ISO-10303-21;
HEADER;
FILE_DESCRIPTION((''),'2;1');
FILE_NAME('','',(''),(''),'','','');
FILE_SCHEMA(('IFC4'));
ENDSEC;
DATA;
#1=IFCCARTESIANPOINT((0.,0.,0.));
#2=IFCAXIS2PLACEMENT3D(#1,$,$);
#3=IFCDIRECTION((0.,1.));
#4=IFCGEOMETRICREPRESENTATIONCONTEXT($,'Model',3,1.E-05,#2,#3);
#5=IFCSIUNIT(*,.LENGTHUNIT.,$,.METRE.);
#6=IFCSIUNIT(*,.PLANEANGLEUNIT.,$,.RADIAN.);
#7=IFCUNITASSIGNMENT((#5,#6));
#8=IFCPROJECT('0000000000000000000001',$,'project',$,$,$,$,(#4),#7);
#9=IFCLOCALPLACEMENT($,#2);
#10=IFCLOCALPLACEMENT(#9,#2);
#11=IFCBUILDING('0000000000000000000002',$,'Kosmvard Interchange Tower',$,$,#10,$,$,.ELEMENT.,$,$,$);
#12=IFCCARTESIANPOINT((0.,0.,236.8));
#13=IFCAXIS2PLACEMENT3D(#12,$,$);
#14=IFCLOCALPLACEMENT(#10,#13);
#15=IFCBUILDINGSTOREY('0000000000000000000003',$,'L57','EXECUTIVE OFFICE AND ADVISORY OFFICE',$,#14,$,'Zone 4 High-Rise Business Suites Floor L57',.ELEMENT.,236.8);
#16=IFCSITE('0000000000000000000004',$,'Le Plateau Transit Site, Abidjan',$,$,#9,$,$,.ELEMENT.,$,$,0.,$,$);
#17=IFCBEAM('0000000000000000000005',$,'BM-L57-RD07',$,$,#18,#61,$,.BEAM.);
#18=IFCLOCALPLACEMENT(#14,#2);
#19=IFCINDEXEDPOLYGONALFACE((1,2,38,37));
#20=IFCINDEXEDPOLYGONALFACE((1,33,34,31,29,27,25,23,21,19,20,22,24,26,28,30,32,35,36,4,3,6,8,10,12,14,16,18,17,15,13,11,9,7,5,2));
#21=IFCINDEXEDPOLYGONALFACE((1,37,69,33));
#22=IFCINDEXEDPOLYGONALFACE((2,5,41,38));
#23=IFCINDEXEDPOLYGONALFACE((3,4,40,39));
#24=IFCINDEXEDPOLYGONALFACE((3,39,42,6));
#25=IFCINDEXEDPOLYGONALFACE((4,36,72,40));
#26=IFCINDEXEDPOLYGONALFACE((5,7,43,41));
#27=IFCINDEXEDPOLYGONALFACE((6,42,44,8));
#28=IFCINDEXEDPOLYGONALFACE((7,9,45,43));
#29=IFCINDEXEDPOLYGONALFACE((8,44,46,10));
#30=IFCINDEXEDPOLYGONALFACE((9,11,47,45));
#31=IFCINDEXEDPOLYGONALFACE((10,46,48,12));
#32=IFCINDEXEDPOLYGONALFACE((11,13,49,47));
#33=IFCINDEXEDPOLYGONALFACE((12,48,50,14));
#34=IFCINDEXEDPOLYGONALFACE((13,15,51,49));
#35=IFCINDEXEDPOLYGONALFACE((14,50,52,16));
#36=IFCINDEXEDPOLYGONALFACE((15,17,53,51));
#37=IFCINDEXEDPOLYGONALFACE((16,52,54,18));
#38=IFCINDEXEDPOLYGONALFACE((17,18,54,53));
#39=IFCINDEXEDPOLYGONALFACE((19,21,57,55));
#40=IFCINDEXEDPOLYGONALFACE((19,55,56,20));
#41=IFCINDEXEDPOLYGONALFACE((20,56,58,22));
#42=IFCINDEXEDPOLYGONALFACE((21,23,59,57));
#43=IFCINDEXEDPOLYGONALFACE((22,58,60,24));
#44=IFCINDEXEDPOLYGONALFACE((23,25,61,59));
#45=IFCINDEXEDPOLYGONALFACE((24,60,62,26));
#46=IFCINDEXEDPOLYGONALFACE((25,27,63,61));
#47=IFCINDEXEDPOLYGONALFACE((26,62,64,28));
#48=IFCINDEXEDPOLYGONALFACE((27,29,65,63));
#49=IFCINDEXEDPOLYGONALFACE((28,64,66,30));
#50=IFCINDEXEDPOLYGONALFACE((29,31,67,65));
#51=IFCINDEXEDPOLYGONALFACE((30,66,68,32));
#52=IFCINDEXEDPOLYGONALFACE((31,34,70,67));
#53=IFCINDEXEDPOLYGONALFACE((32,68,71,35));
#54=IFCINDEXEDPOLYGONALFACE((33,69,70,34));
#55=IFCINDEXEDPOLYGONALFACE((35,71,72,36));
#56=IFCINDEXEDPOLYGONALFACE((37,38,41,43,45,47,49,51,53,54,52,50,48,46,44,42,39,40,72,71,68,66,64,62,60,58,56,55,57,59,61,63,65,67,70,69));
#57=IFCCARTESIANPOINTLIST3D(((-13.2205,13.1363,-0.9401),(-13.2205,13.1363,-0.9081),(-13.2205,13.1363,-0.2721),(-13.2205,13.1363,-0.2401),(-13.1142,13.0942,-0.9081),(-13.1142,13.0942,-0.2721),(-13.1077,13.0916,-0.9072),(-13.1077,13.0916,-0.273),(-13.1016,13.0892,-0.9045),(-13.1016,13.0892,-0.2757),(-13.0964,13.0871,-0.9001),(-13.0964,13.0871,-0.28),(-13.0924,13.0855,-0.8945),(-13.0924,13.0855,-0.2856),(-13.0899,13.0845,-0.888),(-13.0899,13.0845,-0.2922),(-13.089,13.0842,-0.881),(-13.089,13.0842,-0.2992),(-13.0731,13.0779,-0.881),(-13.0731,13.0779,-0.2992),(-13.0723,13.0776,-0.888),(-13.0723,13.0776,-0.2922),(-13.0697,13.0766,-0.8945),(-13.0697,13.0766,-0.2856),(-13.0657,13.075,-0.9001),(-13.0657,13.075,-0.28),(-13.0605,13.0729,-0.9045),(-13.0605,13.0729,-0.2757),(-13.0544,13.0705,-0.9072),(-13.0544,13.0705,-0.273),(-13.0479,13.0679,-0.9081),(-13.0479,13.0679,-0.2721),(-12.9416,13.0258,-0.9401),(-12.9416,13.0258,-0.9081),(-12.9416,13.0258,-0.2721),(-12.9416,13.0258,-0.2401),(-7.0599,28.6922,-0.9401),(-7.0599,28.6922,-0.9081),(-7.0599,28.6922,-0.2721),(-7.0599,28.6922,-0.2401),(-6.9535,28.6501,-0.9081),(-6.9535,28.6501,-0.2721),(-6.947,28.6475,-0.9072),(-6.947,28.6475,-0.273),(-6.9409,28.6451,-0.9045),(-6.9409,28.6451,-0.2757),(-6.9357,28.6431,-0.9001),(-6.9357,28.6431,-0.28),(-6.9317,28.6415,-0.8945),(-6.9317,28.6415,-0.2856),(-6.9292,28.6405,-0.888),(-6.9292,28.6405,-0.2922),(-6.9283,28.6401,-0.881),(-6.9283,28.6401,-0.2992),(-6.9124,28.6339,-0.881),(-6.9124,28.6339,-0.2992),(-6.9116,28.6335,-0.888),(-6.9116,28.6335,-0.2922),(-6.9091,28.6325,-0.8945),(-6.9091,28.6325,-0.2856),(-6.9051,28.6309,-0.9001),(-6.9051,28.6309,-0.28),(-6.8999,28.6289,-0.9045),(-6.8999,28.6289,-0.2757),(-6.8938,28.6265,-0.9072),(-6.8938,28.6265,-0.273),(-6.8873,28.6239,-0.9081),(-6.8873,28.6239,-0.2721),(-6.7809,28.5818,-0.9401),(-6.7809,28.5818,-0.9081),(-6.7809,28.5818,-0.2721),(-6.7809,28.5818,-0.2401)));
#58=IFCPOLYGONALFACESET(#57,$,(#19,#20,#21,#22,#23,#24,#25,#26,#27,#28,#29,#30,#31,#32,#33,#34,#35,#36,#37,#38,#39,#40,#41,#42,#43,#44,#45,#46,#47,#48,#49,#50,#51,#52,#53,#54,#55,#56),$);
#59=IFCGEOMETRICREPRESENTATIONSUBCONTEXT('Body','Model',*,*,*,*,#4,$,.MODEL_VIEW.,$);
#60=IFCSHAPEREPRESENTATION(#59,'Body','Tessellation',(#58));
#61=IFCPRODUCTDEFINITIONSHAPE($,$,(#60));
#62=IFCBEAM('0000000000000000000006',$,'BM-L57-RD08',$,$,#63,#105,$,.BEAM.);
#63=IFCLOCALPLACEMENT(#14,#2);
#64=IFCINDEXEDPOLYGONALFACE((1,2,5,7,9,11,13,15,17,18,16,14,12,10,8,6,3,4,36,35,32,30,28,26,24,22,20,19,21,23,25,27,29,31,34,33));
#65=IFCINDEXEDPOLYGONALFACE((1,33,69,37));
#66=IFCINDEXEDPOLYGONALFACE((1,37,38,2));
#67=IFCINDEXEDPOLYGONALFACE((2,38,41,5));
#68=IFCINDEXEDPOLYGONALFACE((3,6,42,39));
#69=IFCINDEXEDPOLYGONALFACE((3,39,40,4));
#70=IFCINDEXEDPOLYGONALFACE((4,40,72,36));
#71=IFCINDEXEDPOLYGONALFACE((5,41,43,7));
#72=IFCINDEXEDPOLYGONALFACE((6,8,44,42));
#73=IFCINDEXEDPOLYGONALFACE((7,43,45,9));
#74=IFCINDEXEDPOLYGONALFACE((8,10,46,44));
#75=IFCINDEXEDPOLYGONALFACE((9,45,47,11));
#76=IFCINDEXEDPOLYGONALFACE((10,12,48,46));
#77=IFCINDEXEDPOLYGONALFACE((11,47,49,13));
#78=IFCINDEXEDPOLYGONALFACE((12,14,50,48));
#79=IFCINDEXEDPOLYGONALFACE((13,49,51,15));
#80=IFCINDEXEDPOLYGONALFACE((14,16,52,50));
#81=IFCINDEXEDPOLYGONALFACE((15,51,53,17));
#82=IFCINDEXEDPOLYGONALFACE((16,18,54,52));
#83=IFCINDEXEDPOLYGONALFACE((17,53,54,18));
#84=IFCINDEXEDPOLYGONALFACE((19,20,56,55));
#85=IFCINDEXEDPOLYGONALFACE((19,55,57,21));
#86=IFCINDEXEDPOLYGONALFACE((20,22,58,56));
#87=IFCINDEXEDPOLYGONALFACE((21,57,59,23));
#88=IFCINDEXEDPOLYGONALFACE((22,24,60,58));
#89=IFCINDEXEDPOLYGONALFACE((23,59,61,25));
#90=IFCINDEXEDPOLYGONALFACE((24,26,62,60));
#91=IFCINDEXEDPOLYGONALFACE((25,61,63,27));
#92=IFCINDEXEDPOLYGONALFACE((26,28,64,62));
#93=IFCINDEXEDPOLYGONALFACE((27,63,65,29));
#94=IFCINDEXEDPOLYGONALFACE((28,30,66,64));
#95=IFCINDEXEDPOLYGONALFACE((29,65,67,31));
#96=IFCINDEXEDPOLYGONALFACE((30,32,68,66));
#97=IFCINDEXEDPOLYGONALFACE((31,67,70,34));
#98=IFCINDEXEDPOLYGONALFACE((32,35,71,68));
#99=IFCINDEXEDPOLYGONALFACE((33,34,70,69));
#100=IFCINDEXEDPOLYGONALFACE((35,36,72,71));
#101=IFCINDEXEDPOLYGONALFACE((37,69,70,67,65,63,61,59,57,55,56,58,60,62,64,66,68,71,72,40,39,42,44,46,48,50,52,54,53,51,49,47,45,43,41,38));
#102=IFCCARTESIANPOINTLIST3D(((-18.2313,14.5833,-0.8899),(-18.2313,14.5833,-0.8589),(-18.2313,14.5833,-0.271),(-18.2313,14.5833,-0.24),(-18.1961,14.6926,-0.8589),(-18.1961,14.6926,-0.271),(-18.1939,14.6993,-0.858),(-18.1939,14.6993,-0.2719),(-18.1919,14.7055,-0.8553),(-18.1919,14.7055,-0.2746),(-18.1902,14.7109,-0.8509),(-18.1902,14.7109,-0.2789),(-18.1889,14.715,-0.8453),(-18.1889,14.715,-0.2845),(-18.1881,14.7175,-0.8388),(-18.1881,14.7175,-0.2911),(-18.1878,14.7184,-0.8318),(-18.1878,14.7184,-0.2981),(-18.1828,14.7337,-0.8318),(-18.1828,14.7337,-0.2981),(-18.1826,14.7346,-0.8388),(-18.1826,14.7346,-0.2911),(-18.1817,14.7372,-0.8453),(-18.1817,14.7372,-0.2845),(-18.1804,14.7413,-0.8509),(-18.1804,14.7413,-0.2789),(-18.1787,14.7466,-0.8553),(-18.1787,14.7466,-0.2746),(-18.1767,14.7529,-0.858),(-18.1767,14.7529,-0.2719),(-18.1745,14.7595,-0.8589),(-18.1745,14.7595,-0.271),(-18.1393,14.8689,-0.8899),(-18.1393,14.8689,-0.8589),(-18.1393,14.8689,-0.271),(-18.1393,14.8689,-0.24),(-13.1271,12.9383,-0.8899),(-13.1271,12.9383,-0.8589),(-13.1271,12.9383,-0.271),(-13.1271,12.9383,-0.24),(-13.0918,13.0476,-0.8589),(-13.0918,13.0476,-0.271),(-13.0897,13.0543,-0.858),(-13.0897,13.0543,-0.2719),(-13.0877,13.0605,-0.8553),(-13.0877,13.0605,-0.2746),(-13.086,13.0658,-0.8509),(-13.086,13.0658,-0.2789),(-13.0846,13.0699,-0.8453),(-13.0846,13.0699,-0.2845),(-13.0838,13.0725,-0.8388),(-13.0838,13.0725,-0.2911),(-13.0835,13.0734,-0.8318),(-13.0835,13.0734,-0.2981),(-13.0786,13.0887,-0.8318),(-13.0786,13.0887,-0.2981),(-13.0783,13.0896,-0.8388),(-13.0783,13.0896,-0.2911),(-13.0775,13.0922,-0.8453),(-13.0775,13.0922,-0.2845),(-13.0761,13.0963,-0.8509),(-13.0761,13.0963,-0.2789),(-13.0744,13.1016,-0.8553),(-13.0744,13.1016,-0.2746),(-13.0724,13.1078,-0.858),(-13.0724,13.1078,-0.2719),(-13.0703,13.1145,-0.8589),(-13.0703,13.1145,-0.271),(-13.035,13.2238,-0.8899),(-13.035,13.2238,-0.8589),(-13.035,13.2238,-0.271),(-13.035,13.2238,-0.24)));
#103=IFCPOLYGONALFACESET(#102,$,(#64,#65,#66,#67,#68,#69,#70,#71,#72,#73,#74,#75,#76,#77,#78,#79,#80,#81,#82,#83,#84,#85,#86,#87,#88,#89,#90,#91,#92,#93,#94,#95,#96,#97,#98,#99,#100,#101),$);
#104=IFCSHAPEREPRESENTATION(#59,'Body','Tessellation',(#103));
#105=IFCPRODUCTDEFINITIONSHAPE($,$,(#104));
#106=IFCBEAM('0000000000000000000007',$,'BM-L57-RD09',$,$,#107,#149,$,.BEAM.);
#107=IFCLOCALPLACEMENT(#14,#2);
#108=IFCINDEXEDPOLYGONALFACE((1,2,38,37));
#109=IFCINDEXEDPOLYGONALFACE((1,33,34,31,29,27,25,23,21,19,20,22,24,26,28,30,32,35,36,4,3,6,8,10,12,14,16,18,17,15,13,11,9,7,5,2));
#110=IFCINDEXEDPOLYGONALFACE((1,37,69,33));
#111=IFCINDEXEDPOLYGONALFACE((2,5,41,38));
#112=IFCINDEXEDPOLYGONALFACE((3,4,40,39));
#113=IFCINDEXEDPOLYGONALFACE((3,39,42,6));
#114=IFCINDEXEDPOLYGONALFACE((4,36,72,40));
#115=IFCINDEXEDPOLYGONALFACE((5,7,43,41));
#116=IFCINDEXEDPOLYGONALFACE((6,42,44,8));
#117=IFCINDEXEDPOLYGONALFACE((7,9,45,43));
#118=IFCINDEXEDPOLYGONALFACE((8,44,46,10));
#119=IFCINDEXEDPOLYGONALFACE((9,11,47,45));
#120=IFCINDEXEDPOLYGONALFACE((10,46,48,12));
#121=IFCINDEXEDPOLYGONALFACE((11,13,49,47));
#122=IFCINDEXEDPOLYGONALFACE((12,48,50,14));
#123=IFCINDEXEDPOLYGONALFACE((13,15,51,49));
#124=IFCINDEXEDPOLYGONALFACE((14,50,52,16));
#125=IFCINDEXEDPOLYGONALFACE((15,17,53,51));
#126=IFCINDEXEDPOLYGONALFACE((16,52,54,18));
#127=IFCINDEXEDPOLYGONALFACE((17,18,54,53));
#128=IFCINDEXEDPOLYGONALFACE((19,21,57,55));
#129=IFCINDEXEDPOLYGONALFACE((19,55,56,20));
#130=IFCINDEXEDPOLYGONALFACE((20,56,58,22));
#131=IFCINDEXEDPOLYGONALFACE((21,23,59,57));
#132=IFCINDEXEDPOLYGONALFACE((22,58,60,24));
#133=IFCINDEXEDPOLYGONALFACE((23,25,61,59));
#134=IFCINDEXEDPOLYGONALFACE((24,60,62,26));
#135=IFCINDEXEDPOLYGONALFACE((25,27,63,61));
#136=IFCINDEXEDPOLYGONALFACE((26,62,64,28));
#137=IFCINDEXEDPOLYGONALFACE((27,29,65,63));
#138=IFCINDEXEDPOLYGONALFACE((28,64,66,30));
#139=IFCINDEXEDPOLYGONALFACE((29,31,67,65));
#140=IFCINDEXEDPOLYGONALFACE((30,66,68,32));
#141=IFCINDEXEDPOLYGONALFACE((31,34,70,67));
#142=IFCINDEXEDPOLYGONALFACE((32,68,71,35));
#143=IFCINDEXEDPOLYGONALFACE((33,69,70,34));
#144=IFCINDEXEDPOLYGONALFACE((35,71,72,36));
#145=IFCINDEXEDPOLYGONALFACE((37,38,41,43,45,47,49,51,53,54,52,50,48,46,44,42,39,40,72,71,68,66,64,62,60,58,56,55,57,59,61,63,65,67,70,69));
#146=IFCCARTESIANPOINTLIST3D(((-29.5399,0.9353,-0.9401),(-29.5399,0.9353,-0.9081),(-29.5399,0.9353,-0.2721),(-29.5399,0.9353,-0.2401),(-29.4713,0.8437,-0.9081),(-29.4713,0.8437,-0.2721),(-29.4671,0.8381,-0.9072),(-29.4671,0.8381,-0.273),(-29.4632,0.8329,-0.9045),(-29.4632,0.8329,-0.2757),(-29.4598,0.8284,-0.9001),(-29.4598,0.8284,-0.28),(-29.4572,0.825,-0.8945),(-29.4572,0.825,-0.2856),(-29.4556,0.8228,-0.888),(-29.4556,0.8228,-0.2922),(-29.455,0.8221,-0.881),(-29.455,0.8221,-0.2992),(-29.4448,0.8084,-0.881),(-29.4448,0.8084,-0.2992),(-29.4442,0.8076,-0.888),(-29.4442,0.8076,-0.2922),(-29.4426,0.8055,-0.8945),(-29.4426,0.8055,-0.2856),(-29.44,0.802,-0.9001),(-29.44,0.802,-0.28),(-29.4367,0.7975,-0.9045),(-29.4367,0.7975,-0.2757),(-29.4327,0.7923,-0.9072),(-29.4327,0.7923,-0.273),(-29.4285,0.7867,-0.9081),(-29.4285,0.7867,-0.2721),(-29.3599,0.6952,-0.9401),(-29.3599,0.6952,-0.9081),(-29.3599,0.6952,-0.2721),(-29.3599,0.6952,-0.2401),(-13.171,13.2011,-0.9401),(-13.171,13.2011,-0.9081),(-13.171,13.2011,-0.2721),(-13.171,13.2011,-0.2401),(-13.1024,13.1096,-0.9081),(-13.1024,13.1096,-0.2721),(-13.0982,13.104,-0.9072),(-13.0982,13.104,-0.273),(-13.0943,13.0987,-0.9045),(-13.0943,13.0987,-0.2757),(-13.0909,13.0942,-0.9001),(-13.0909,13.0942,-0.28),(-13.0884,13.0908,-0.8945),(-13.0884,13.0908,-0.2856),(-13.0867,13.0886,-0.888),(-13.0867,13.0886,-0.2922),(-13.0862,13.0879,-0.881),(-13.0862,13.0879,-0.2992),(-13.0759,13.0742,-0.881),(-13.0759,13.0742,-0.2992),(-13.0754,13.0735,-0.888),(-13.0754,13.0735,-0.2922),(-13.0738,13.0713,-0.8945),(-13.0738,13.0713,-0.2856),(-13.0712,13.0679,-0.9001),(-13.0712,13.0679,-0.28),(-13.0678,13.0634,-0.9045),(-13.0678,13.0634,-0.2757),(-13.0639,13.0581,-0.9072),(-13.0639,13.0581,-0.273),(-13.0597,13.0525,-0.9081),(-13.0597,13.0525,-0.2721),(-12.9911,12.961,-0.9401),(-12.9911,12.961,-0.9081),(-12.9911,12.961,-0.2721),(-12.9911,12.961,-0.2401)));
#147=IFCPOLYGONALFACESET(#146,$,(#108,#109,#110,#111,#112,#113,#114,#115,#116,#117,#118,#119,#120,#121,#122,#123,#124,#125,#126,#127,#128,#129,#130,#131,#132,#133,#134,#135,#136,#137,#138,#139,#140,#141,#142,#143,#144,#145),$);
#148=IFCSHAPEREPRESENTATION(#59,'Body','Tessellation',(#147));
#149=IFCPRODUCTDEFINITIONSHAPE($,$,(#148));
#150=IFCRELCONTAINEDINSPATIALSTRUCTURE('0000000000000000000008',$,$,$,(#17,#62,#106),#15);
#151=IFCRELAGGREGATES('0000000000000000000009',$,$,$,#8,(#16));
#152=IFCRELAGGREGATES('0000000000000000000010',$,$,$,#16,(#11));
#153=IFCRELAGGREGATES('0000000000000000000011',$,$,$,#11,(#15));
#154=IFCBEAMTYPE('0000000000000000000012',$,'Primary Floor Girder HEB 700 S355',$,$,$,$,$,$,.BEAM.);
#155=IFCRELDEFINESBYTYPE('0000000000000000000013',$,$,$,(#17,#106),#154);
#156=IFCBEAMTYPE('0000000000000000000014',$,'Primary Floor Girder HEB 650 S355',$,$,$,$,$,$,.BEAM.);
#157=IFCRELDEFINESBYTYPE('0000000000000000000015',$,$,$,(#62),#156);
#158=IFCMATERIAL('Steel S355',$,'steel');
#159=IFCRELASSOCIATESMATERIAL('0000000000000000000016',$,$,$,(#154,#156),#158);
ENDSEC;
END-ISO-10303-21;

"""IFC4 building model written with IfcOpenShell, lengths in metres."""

from ifc_helpers import new_model, si_unit, direction, frame, origin, origin_2d, place, context, subcontext, project, spatial, i_section, extrude, source, transform, mapped, material, material_profile, profile_set, type_object, element, save


model = new_model("IFC4")

# Units and contexts
model_context = context("Model", 3, precision=1e-05, world=origin(), true_north=direction((0.0, 1.0)))
body_context = subcontext(model_context, "Body", "Model", "MODEL_VIEW")
ifc_project = project(units=[si_unit("LENGTHUNIT", "METRE"), si_unit("PLANEANGLEUNIT", "RADIAN")], contexts=[model_context])

# Site, building, storey
site_placement = place(None, origin())
site = spatial("IfcSite", under=ifc_project, at=site_placement, Name="Le Plateau Transit Site, Abidjan", CompositionType="ELEMENT", RefElevation=0.0)
building_placement = place(site_placement, origin())
building = spatial("IfcBuilding", under=site, at=building_placement, Name="Kosmvard Interchange Tower", CompositionType="ELEMENT")
storey_placement = place(building_placement, frame((0.0, 0.0, 236.8)))
storey = spatial("IfcBuildingStorey", under=building, at=storey_placement, Name="L57", Description="EXECUTIVE OFFICE AND ADVISORY OFFICE", LongName="Zone 4 High-Rise Business Suites Floor L57", CompositionType="ELEMENT", Elevation=236.8)

# Beams
ifc_material_1 = material(Name="Steel S355", Category="steel")
ifc_material_profile_1 = material_profile(ifc_material_1, i_section(OverallWidth=0.3, OverallDepth=0.7, WebThickness=0.0171, FlangeThickness=0.032, FilletRadius=0.0271, at=origin_2d()), Name="HEB 700")
ifc_profile_set_1 = profile_set([ifc_material_profile_1], Name="Steel S355")
beam_type_1 = type_object("IfcBeamType", Name="Primary Floor Girder HEB 700 S355", PredefinedType="BEAM", material=ifc_profile_set_1)
shared_shape_1 = source(origin(), body_context, "Body", "SweptSolid", [
    extrude(i_section(OverallWidth=0.3, OverallDepth=0.7, WebThickness=0.0171, FlangeThickness=0.032, FilletRadius=0.0271, at=origin_2d()), origin(), (0.0, 0.0, 1.0), 16.7314),
])
beam_1_placement = place(storey_placement, frame((-13.0811, 13.0811, -0.5901), z_axis=(0.368209, 0.929743, 0.0), x_axis=(-0.929743, 0.368209, 0.0)))
element("IfcBeam", 1, at=beam_1_placement, inside=storey, type_object=beam_type_1, Name="BM-L57-RD07", PredefinedType="BEAM", context=body_context, shape_type="MappedRepresentation", body=[
    mapped(shared_shape_1, transform((0.0, 0.0, 0.0), scale=1.0)),
])
ifc_material_profile_2 = material_profile(ifc_material_1, i_section(OverallWidth=0.3, OverallDepth=0.6499, WebThickness=0.0161, FlangeThickness=0.031, FilletRadius=0.0271, at=origin_2d()), Name="HEB 650")
ifc_profile_set_2 = profile_set([ifc_material_profile_2], Name="Steel S355")
beam_type_2 = type_object("IfcBeamType", Name="Primary Floor Girder HEB 650 S355", PredefinedType="BEAM", material=ifc_profile_set_2)
shared_shape_2 = source(origin(), body_context, "Body", "SweptSolid", [
    extrude(i_section(OverallWidth=0.3, OverallDepth=0.6499, WebThickness=0.0161, FlangeThickness=0.031, FilletRadius=0.0271, at=origin_2d()), origin(), (0.0, 0.0, 1.0), 5.3628),
])
beam_2_placement = place(storey_placement, frame((-13.0811, 13.0811, -0.5649), z_axis=(-0.951791, 0.306747, 0.0), x_axis=(-0.306747, -0.951791, 0.0)))
element("IfcBeam", 2, at=beam_2_placement, inside=storey, type_object=beam_type_2, Name="BM-L57-RD08", PredefinedType="BEAM", context=body_context, shape_type="MappedRepresentation", body=[
    mapped(shared_shape_2, transform((0.0, 0.0, 0.0), scale=1.0)),
])
shared_shape_3 = source(origin(), body_context, "Body", "SweptSolid", [
    extrude(i_section(OverallWidth=0.3, OverallDepth=0.7, WebThickness=0.0171, FlangeThickness=0.032, FilletRadius=0.0271, at=origin_2d()), origin(), (0.0, 0.0, 1.0), 20.4546),
])
beam_3_placement = place(storey_placement, frame((-13.0811, 13.0811, -0.5901), z_axis=(-0.800253, -0.599662, 0.0), x_axis=(0.599662, -0.800253, 0.0)))
element("IfcBeam", 3, at=beam_3_placement, inside=storey, type_object=beam_type_1, Name="BM-L57-RD09", PredefinedType="BEAM", context=body_context, shape_type="MappedRepresentation", body=[
    mapped(shared_shape_3, transform((0.0, 0.0, 0.0), scale=1.0)),
])

save(model, "model.ifc")
